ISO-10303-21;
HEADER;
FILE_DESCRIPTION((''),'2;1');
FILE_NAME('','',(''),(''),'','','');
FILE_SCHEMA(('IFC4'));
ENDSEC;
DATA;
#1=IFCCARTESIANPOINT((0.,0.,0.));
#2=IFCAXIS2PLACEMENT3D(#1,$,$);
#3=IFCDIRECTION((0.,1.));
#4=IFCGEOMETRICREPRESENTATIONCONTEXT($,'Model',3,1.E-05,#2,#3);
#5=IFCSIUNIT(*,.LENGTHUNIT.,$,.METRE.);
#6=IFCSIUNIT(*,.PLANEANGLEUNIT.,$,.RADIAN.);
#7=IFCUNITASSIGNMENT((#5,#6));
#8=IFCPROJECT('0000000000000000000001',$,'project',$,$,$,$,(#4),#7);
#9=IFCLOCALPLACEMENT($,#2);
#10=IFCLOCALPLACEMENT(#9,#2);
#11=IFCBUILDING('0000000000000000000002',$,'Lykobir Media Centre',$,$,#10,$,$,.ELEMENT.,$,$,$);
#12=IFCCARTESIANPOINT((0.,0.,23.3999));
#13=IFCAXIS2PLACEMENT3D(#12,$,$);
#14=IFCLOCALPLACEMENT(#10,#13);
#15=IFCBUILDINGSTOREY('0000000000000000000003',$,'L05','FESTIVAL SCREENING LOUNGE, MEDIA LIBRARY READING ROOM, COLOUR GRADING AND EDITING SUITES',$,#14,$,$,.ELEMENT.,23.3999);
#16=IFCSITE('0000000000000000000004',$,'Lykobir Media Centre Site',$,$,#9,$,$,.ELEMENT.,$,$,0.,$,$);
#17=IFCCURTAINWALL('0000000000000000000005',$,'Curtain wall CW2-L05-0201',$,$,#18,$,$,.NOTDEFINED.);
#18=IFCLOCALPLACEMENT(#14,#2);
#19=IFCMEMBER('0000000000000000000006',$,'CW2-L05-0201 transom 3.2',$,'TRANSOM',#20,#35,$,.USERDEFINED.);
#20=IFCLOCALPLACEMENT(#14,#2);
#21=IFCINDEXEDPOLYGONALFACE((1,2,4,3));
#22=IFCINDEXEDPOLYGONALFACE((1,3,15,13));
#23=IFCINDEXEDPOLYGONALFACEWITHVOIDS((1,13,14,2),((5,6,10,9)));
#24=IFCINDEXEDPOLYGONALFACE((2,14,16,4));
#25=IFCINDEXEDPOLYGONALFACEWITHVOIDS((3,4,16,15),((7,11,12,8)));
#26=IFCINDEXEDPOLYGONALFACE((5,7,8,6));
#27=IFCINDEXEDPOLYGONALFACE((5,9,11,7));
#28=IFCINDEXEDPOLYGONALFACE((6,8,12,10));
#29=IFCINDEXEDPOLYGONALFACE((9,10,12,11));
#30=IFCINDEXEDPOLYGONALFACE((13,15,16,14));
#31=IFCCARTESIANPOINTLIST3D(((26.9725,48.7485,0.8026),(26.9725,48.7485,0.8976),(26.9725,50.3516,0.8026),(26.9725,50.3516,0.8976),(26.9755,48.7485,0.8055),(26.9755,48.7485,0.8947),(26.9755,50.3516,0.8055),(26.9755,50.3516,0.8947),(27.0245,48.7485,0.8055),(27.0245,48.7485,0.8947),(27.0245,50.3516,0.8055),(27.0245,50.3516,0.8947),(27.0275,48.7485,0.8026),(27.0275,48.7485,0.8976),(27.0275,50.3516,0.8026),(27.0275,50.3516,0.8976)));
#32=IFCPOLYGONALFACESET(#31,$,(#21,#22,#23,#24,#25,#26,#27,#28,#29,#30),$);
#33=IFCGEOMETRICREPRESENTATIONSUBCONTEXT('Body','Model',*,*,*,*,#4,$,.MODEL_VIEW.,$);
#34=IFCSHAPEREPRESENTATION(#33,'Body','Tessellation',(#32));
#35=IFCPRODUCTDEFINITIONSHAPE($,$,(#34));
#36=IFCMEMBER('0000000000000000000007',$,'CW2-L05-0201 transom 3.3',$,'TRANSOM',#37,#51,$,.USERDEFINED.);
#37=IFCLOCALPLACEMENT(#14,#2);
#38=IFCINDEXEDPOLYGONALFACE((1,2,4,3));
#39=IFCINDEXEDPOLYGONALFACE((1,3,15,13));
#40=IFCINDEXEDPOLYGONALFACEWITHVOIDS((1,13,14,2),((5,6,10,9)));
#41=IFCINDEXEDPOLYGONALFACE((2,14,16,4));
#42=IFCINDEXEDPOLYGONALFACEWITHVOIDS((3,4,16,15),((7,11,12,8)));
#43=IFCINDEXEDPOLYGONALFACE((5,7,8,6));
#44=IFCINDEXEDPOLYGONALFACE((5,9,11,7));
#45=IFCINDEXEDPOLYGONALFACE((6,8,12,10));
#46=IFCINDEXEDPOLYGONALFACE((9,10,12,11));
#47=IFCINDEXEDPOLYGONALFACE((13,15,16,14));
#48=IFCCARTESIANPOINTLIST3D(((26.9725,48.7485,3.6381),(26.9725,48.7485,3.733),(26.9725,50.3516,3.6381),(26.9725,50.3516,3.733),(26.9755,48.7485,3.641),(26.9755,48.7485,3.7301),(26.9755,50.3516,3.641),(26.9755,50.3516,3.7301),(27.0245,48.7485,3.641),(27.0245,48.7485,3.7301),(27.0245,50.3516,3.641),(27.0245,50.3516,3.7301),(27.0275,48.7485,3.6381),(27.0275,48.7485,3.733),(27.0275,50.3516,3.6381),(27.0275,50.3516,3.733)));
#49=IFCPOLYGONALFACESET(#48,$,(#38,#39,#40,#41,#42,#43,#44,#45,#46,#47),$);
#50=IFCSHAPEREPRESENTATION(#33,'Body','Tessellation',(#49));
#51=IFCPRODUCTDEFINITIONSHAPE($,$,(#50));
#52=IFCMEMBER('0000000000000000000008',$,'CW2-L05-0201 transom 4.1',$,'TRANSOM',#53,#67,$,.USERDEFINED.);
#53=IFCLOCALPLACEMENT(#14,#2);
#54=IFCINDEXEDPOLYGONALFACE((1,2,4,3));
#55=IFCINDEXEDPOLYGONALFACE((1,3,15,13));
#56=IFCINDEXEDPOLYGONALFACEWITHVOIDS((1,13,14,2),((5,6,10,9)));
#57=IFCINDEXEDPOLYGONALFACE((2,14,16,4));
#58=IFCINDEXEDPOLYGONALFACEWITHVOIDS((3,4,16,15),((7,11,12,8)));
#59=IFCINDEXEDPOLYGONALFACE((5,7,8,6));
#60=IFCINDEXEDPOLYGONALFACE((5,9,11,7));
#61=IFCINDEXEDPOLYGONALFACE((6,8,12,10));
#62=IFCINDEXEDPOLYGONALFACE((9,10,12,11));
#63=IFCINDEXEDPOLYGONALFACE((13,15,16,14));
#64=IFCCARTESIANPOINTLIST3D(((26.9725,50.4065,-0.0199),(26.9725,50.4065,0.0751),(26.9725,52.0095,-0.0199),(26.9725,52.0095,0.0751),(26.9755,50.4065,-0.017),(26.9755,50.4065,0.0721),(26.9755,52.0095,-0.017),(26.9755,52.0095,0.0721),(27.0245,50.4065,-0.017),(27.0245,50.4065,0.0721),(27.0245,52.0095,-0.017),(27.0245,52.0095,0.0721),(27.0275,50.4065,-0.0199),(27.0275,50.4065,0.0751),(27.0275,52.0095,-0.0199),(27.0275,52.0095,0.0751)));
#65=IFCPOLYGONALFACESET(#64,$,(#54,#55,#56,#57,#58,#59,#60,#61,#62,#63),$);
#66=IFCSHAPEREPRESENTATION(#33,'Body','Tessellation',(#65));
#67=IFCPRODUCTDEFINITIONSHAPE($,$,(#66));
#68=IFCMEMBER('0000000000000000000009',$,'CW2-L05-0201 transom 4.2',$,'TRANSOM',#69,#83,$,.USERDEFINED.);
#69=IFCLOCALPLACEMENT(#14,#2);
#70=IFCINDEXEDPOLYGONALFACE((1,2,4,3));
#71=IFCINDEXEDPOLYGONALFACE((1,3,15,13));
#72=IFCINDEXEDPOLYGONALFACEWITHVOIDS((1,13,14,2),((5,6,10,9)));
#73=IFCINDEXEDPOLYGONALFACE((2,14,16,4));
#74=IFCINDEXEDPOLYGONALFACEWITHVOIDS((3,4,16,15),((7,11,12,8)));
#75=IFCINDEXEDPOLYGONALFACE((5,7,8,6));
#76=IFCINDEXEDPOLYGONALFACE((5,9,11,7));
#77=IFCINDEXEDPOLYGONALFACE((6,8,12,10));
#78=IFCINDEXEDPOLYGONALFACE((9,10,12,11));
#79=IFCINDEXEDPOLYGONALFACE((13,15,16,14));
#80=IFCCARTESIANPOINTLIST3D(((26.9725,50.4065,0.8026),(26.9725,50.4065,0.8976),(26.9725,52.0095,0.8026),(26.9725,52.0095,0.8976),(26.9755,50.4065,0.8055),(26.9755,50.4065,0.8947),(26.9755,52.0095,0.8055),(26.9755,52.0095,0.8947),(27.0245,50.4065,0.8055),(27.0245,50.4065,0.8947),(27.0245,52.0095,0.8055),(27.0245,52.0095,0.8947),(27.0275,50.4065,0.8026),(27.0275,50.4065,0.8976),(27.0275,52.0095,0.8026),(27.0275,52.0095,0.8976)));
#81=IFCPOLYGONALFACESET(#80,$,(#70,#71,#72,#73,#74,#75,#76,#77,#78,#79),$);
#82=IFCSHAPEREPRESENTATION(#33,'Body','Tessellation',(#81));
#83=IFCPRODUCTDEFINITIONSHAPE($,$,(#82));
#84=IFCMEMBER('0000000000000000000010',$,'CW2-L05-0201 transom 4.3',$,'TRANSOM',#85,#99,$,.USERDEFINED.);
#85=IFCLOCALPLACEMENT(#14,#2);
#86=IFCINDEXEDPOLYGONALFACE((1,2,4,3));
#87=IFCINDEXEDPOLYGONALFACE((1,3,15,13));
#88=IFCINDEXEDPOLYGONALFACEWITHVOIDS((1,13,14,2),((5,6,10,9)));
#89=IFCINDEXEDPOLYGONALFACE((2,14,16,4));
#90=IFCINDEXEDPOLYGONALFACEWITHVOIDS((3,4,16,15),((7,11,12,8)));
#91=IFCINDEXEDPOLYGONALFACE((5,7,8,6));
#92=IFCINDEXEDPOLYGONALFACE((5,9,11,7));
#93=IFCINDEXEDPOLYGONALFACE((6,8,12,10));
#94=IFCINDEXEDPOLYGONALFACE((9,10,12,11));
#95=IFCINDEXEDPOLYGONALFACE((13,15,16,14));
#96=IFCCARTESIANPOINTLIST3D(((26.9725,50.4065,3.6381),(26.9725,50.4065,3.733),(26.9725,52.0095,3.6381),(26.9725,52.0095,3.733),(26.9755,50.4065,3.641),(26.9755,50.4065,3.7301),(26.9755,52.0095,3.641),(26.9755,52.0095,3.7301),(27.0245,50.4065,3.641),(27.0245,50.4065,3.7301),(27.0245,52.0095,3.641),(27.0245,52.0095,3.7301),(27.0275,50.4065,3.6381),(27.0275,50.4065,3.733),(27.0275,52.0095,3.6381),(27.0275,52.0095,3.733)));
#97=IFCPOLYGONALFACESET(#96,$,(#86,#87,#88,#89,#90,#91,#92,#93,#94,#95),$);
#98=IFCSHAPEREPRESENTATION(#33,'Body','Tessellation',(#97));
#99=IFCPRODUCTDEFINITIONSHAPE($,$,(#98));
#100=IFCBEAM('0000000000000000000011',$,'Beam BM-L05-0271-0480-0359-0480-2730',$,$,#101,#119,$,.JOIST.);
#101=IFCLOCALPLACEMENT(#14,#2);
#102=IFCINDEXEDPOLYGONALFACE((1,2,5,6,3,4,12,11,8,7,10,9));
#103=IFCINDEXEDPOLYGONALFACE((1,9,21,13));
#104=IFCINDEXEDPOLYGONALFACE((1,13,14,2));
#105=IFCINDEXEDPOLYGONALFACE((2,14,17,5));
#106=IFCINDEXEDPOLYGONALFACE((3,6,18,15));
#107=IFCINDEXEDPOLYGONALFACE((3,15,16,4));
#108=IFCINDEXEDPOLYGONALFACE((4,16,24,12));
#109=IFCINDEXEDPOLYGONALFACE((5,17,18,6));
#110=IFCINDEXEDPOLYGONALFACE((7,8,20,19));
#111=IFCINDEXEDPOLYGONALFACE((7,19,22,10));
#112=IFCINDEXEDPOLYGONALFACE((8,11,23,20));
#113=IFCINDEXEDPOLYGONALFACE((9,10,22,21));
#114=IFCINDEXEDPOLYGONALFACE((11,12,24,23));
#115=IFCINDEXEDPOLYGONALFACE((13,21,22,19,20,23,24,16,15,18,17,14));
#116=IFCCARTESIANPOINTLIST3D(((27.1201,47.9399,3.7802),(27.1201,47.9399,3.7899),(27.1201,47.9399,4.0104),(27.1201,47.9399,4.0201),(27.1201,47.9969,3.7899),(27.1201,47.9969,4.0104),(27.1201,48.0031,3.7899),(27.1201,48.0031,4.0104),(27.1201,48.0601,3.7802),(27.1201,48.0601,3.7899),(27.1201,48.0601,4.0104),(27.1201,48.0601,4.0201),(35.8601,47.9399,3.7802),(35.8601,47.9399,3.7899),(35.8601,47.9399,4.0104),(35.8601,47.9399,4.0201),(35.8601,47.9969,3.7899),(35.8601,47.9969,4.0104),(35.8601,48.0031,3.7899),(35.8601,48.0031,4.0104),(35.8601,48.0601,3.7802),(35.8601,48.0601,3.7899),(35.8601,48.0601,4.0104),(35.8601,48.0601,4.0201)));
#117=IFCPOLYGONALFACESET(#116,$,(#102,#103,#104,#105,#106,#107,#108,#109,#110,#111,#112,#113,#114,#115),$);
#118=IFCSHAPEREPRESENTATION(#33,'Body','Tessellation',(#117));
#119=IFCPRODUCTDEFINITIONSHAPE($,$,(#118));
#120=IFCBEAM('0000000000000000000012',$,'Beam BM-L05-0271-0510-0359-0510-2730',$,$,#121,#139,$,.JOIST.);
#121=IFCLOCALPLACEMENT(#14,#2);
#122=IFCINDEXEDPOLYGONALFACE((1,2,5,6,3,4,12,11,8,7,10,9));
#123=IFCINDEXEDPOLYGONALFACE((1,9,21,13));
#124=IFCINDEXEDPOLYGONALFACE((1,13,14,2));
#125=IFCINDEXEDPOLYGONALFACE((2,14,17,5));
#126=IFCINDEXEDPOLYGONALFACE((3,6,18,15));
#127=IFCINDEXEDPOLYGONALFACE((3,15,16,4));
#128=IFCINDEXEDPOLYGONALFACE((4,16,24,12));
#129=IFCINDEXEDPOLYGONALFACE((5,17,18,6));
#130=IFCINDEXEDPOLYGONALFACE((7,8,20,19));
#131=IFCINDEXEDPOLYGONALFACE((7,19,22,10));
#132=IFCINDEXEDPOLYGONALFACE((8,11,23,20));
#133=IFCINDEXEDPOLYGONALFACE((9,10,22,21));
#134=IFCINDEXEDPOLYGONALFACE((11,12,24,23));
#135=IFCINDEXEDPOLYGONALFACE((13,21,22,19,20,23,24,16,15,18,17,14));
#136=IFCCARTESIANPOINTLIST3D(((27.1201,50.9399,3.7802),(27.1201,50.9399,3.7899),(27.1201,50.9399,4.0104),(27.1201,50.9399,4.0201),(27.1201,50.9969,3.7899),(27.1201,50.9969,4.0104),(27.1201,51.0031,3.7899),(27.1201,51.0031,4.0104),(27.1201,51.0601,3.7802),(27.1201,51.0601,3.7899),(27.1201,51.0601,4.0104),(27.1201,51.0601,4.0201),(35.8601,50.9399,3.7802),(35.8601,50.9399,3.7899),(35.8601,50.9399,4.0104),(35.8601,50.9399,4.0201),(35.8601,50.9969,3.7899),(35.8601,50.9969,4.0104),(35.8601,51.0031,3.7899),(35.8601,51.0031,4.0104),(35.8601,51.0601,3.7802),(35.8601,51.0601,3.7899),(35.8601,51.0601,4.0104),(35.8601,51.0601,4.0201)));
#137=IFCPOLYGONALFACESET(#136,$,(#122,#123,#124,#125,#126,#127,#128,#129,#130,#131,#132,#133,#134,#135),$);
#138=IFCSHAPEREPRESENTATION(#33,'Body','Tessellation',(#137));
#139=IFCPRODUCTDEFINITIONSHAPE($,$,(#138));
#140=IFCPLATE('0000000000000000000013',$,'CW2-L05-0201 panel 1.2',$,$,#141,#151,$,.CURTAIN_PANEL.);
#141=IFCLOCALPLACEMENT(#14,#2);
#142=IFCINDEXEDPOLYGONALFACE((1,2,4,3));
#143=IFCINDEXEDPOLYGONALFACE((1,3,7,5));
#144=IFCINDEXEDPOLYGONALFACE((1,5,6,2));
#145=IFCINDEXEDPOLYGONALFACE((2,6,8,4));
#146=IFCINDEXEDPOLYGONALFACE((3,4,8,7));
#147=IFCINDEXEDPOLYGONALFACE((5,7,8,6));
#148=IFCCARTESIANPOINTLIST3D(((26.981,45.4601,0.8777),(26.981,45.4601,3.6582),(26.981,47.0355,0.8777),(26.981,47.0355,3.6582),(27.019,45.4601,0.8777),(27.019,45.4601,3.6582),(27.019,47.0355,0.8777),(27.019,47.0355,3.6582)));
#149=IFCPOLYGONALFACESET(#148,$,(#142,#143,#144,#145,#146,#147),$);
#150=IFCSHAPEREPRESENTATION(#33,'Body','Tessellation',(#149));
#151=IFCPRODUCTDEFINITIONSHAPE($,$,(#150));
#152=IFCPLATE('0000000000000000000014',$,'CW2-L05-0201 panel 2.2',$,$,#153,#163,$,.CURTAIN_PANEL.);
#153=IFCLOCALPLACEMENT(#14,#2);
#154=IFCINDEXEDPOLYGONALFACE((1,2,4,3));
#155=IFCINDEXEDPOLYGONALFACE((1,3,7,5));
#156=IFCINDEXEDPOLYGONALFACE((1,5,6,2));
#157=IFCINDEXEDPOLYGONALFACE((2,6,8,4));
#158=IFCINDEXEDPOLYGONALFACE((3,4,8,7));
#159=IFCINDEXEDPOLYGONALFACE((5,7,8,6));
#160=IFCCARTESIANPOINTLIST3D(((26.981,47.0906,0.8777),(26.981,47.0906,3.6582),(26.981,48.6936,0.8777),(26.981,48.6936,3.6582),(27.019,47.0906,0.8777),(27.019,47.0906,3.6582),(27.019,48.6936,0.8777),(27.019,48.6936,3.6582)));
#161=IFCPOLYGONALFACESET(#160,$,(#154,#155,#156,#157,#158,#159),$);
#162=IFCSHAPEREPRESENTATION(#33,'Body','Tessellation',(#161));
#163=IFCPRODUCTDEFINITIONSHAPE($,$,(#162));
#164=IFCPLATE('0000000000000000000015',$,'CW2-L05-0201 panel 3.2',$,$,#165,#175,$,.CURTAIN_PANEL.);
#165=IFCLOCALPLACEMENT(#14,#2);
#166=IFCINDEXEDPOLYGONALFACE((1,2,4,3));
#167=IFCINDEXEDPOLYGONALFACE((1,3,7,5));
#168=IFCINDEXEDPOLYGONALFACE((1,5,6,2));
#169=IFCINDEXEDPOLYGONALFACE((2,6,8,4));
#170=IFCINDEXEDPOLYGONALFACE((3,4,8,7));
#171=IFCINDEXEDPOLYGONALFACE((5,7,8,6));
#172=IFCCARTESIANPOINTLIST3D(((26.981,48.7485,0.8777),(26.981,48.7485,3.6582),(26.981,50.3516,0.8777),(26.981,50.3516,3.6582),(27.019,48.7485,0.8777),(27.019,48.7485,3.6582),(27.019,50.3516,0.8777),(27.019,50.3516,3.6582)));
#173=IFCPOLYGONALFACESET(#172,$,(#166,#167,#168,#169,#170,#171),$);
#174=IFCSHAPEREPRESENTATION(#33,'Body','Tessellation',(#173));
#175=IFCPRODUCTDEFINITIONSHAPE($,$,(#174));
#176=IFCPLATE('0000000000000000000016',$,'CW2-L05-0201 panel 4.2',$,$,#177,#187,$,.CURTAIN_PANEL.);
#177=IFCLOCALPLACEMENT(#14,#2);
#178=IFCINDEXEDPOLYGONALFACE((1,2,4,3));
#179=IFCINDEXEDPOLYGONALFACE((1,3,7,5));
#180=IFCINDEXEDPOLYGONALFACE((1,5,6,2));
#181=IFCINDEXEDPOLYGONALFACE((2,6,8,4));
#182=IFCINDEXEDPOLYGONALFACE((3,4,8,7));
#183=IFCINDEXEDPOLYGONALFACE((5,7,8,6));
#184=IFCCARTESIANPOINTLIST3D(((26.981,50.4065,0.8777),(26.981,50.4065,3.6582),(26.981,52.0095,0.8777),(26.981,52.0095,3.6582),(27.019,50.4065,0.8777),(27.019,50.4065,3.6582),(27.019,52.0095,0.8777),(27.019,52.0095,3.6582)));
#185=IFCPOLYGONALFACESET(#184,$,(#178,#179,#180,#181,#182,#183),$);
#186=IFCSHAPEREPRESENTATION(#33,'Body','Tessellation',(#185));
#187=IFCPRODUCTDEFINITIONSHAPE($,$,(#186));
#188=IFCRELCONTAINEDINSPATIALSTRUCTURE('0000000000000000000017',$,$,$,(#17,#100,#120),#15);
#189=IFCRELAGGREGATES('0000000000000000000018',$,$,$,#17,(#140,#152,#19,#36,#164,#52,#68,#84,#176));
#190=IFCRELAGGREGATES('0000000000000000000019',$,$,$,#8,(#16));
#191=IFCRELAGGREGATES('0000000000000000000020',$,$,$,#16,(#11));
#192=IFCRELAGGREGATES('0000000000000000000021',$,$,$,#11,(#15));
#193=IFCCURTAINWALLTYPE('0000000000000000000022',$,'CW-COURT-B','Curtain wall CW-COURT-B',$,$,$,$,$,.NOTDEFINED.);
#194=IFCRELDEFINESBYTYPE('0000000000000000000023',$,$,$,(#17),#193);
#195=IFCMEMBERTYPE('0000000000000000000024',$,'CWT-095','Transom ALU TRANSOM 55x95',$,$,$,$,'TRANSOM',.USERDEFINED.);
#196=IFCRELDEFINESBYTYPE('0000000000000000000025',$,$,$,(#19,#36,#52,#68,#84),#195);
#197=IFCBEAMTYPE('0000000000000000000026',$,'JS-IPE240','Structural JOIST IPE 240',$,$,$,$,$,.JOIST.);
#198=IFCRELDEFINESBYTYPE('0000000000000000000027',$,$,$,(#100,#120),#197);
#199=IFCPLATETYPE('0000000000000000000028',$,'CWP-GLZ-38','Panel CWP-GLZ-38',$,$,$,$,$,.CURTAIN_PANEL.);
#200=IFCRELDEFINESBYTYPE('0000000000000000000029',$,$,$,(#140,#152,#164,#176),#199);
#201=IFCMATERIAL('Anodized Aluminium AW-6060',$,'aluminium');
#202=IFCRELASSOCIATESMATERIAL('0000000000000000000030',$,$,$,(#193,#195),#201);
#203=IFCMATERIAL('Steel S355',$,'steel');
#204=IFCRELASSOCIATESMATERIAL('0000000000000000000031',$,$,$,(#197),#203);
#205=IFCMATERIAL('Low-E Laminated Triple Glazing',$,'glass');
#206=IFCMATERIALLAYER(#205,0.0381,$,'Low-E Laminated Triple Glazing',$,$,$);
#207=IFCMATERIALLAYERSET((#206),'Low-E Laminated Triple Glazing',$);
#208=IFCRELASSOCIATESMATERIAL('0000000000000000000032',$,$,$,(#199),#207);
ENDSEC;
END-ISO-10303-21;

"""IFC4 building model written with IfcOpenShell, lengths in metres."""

from ifc_helpers import new_model, si_unit, direction, frame, origin, origin_2d, place, context, subcontext, project, spatial, rectangle, hollow_rectangle, i_section, extrude, material, layer, layer_set, material_profile, profile_set, type_object, element, aggregate, save


model = new_model("IFC4")

# Units and contexts
model_context = context("Model", 3, precision=1e-05, world=origin(), true_north=direction((0.0, 1.0)))
body_context = subcontext(model_context, "Body", "Model", "MODEL_VIEW")
ifc_project = project(units=[si_unit("LENGTHUNIT", "METRE"), si_unit("PLANEANGLEUNIT", "RADIAN")], contexts=[model_context])

# Site, building, storey
site_placement = place(None, origin())
site = spatial("IfcSite", under=ifc_project, at=site_placement, Name="Lykobir Media Centre Site", CompositionType="ELEMENT", RefElevation=0.0)
building_placement = place(site_placement, origin())
building = spatial("IfcBuilding", under=site, at=building_placement, Name="Lykobir Media Centre", CompositionType="ELEMENT")
storey_placement = place(building_placement, frame((0.0, 0.0, 23.3999)))
storey = spatial("IfcBuildingStorey", under=building, at=storey_placement, Name="L05", Description="FESTIVAL SCREENING LOUNGE, MEDIA LIBRARY READING ROOM, COLOUR GRADING AND EDITING SUITES", CompositionType="ELEMENT", Elevation=23.3999)

# Curtain wall, members
ifc_material_1 = material(Name="Anodized Aluminium AW-6060", Category="aluminium")
curtain_wall_type = type_object("IfcCurtainWallType", Name="CW-COURT-B", Description="Curtain wall CW-COURT-B", PredefinedType="NOTDEFINED", material=ifc_material_1)
curtain_wall_placement = place(storey_placement, origin())
curtain_wall = element("IfcCurtainWall", 1, at=curtain_wall_placement, inside=storey, type_object=curtain_wall_type, Name="Curtain wall CW2-L05-0201", PredefinedType="NOTDEFINED")
ifc_material_profile_1 = material_profile(ifc_material_1, hollow_rectangle(XDim=0.0549, YDim=0.095, WallThickness=0.0029, at=origin_2d()), Name="ALU TRANSOM 55x95")
ifc_profile_set_1 = profile_set([ifc_material_profile_1], Name="Anodized Aluminium AW-6060")
member_type_1 = type_object("IfcMemberType", Name="CWT-095", Description="Transom ALU TRANSOM 55x95", ElementType="TRANSOM", PredefinedType="USERDEFINED", material=ifc_profile_set_1)
member_1_placement = place(storey_placement, frame((27.0, 48.7485, 0.8501), z_axis=(0.0, 1.0, 0.0), x_axis=(-1.0, 0.0, 0.0)))
member_1 = element("IfcMember", 2, at=member_1_placement, type_object=member_type_1, Name="CW2-L05-0201 transom 3.2", ObjectType="TRANSOM", PredefinedType="USERDEFINED", context=body_context, shape_type="SweptSolid", body=[
    extrude(hollow_rectangle(XDim=0.0549, YDim=0.095, WallThickness=0.0029, at=origin_2d()), origin(), (0.0, 0.0, 1.0), 1.603),
])
member_2_placement = place(storey_placement, frame((27.0, 48.7485, 3.6855), z_axis=(0.0, 1.0, 0.0), x_axis=(-1.0, 0.0, 0.0)))
member_2 = element("IfcMember", 3, at=member_2_placement, type_object=member_type_1, Name="CW2-L05-0201 transom 3.3", ObjectType="TRANSOM", PredefinedType="USERDEFINED", context=body_context, shape_type="SweptSolid", body=[
    extrude(hollow_rectangle(XDim=0.0549, YDim=0.095, WallThickness=0.0029, at=origin_2d()), origin(), (0.0, 0.0, 1.0), 1.603),
])
member_3_placement = place(storey_placement, frame((27.0, 50.4065, 0.0276), z_axis=(0.0, 1.0, 0.0), x_axis=(-1.0, 0.0, 0.0)))
member_3 = element("IfcMember", 4, at=member_3_placement, type_object=member_type_1, Name="CW2-L05-0201 transom 4.1", ObjectType="TRANSOM", PredefinedType="USERDEFINED", context=body_context, shape_type="SweptSolid", body=[
    extrude(hollow_rectangle(XDim=0.0549, YDim=0.095, WallThickness=0.0029, at=origin_2d()), origin(), (0.0, 0.0, 1.0), 1.603),
])
member_4_placement = place(storey_placement, frame((27.0, 50.4065, 0.8501), z_axis=(0.0, 1.0, 0.0), x_axis=(-1.0, 0.0, 0.0)))
member_4 = element("IfcMember", 5, at=member_4_placement, type_object=member_type_1, Name="CW2-L05-0201 transom 4.2", ObjectType="TRANSOM", PredefinedType="USERDEFINED", context=body_context, shape_type="SweptSolid", body=[
    extrude(hollow_rectangle(XDim=0.0549, YDim=0.095, WallThickness=0.0029, at=origin_2d()), origin(), (0.0, 0.0, 1.0), 1.603),
])
member_5_placement = place(storey_placement, frame((27.0, 50.4065, 3.6855), z_axis=(0.0, 1.0, 0.0), x_axis=(-1.0, 0.0, 0.0)))
member_5 = element("IfcMember", 6, at=member_5_placement, type_object=member_type_1, Name="CW2-L05-0201 transom 4.3", ObjectType="TRANSOM", PredefinedType="USERDEFINED", context=body_context, shape_type="SweptSolid", body=[
    extrude(hollow_rectangle(XDim=0.0549, YDim=0.095, WallThickness=0.0029, at=origin_2d()), origin(), (0.0, 0.0, 1.0), 1.603),
])

# Beams
ifc_material_2 = material(Name="Steel S355", Category="steel")
ifc_material_profile_2 = material_profile(ifc_material_2, i_section(OverallWidth=0.1201, OverallDepth=0.24, WebThickness=0.0061, FlangeThickness=0.0098, at=origin_2d()), Name="IPE 240")
ifc_profile_set_2 = profile_set([ifc_material_profile_2], Name="Steel S355")
beam_type = type_object("IfcBeamType", Name="JS-IPE240", Description="Structural JOIST IPE 240", PredefinedType="JOIST", material=ifc_profile_set_2)
for number, where, z_axis, x_axis, name in (
    (7, (27.1201, 48.0, 3.9001), (1.0, 0.0, 0.0), (0.0, 1.0, 0.0), "Beam BM-L05-0271-0480-0359-0480-2730"),
    (8, (27.1201, 51.0, 3.9001), (1.0, 0.0, 0.0), (0.0, 1.0, 0.0), "Beam BM-L05-0271-0510-0359-0510-2730"),
):
    element("IfcBeam", number, at=place(storey_placement, frame(where, z_axis=z_axis, x_axis=x_axis)), inside=storey, type_object=beam_type, Name=name, PredefinedType="JOIST", context=body_context, shape_type="SweptSolid", body=[
        extrude(i_section(OverallWidth=0.1201, OverallDepth=0.24, WebThickness=0.0061, FlangeThickness=0.0098, at=origin_2d()), origin(), (0.0, 0.0, 1.0), 8.74),
    ])

# Plates
ifc_material_3 = material(Name="Low-E Laminated Triple Glazing", Category="glass")
ifc_layer_1 = layer(ifc_material_3, 0.0381, Name="Low-E Laminated Triple Glazing")
ifc_layer_set_1 = layer_set([ifc_layer_1], Name="Low-E Laminated Triple Glazing")
plate_type_1 = type_object("IfcPlateType", Name="CWP-GLZ-38", Description="Panel CWP-GLZ-38", PredefinedType="CURTAIN_PANEL", material=ifc_layer_set_1)
plate_1_placement = place(storey_placement, frame((27.0, 46.2478, 0.8777), z_axis=(0.0, 0.0, 1.0), x_axis=(0.0, 1.0, 0.0)))
plate_1 = element("IfcPlate", 9, at=plate_1_placement, type_object=plate_type_1, Name="CW2-L05-0201 panel 1.2", PredefinedType="CURTAIN_PANEL", context=body_context, shape_type="SweptSolid", body=[
    extrude(rectangle(XDim=1.5754, YDim=0.0381, at=origin_2d()), origin(), (0.0, 0.0, 1.0), 2.7805),
])
plate_2_placement = place(storey_placement, frame((27.0, 47.8921, 0.8777), z_axis=(0.0, 0.0, 1.0), x_axis=(0.0, 1.0, 0.0)))
plate_2 = element("IfcPlate", 10, at=plate_2_placement, type_object=plate_type_1, Name="CW2-L05-0201 panel 2.2", PredefinedType="CURTAIN_PANEL", context=body_context, shape_type="SweptSolid", body=[
    extrude(rectangle(XDim=1.603, YDim=0.0381, at=origin_2d()), origin(), (0.0, 0.0, 1.0), 2.7805),
])
plate_3_placement = place(storey_placement, frame((27.0, 49.55, 0.8777), z_axis=(0.0, 0.0, 1.0), x_axis=(0.0, 1.0, 0.0)))
plate_3 = element("IfcPlate", 11, at=plate_3_placement, type_object=plate_type_1, Name="CW2-L05-0201 panel 3.2", PredefinedType="CURTAIN_PANEL", context=body_context, shape_type="SweptSolid", body=[
    extrude(rectangle(XDim=1.603, YDim=0.0381, at=origin_2d()), origin(), (0.0, 0.0, 1.0), 2.7805),
])
plate_4_placement = place(storey_placement, frame((27.0, 51.208, 0.8777), z_axis=(0.0, 0.0, 1.0), x_axis=(0.0, 1.0, 0.0)))
plate_4 = element("IfcPlate", 12, at=plate_4_placement, type_object=plate_type_1, Name="CW2-L05-0201 panel 4.2", PredefinedType="CURTAIN_PANEL", context=body_context, shape_type="SweptSolid", body=[
    extrude(rectangle(XDim=1.603, YDim=0.0381, at=origin_2d()), origin(), (0.0, 0.0, 1.0), 2.7805),
])
aggregate(curtain_wall, [plate_1, plate_2, member_1, member_2, plate_3, member_3, member_4, member_5, plate_4])

save(model, "model.ifc")
